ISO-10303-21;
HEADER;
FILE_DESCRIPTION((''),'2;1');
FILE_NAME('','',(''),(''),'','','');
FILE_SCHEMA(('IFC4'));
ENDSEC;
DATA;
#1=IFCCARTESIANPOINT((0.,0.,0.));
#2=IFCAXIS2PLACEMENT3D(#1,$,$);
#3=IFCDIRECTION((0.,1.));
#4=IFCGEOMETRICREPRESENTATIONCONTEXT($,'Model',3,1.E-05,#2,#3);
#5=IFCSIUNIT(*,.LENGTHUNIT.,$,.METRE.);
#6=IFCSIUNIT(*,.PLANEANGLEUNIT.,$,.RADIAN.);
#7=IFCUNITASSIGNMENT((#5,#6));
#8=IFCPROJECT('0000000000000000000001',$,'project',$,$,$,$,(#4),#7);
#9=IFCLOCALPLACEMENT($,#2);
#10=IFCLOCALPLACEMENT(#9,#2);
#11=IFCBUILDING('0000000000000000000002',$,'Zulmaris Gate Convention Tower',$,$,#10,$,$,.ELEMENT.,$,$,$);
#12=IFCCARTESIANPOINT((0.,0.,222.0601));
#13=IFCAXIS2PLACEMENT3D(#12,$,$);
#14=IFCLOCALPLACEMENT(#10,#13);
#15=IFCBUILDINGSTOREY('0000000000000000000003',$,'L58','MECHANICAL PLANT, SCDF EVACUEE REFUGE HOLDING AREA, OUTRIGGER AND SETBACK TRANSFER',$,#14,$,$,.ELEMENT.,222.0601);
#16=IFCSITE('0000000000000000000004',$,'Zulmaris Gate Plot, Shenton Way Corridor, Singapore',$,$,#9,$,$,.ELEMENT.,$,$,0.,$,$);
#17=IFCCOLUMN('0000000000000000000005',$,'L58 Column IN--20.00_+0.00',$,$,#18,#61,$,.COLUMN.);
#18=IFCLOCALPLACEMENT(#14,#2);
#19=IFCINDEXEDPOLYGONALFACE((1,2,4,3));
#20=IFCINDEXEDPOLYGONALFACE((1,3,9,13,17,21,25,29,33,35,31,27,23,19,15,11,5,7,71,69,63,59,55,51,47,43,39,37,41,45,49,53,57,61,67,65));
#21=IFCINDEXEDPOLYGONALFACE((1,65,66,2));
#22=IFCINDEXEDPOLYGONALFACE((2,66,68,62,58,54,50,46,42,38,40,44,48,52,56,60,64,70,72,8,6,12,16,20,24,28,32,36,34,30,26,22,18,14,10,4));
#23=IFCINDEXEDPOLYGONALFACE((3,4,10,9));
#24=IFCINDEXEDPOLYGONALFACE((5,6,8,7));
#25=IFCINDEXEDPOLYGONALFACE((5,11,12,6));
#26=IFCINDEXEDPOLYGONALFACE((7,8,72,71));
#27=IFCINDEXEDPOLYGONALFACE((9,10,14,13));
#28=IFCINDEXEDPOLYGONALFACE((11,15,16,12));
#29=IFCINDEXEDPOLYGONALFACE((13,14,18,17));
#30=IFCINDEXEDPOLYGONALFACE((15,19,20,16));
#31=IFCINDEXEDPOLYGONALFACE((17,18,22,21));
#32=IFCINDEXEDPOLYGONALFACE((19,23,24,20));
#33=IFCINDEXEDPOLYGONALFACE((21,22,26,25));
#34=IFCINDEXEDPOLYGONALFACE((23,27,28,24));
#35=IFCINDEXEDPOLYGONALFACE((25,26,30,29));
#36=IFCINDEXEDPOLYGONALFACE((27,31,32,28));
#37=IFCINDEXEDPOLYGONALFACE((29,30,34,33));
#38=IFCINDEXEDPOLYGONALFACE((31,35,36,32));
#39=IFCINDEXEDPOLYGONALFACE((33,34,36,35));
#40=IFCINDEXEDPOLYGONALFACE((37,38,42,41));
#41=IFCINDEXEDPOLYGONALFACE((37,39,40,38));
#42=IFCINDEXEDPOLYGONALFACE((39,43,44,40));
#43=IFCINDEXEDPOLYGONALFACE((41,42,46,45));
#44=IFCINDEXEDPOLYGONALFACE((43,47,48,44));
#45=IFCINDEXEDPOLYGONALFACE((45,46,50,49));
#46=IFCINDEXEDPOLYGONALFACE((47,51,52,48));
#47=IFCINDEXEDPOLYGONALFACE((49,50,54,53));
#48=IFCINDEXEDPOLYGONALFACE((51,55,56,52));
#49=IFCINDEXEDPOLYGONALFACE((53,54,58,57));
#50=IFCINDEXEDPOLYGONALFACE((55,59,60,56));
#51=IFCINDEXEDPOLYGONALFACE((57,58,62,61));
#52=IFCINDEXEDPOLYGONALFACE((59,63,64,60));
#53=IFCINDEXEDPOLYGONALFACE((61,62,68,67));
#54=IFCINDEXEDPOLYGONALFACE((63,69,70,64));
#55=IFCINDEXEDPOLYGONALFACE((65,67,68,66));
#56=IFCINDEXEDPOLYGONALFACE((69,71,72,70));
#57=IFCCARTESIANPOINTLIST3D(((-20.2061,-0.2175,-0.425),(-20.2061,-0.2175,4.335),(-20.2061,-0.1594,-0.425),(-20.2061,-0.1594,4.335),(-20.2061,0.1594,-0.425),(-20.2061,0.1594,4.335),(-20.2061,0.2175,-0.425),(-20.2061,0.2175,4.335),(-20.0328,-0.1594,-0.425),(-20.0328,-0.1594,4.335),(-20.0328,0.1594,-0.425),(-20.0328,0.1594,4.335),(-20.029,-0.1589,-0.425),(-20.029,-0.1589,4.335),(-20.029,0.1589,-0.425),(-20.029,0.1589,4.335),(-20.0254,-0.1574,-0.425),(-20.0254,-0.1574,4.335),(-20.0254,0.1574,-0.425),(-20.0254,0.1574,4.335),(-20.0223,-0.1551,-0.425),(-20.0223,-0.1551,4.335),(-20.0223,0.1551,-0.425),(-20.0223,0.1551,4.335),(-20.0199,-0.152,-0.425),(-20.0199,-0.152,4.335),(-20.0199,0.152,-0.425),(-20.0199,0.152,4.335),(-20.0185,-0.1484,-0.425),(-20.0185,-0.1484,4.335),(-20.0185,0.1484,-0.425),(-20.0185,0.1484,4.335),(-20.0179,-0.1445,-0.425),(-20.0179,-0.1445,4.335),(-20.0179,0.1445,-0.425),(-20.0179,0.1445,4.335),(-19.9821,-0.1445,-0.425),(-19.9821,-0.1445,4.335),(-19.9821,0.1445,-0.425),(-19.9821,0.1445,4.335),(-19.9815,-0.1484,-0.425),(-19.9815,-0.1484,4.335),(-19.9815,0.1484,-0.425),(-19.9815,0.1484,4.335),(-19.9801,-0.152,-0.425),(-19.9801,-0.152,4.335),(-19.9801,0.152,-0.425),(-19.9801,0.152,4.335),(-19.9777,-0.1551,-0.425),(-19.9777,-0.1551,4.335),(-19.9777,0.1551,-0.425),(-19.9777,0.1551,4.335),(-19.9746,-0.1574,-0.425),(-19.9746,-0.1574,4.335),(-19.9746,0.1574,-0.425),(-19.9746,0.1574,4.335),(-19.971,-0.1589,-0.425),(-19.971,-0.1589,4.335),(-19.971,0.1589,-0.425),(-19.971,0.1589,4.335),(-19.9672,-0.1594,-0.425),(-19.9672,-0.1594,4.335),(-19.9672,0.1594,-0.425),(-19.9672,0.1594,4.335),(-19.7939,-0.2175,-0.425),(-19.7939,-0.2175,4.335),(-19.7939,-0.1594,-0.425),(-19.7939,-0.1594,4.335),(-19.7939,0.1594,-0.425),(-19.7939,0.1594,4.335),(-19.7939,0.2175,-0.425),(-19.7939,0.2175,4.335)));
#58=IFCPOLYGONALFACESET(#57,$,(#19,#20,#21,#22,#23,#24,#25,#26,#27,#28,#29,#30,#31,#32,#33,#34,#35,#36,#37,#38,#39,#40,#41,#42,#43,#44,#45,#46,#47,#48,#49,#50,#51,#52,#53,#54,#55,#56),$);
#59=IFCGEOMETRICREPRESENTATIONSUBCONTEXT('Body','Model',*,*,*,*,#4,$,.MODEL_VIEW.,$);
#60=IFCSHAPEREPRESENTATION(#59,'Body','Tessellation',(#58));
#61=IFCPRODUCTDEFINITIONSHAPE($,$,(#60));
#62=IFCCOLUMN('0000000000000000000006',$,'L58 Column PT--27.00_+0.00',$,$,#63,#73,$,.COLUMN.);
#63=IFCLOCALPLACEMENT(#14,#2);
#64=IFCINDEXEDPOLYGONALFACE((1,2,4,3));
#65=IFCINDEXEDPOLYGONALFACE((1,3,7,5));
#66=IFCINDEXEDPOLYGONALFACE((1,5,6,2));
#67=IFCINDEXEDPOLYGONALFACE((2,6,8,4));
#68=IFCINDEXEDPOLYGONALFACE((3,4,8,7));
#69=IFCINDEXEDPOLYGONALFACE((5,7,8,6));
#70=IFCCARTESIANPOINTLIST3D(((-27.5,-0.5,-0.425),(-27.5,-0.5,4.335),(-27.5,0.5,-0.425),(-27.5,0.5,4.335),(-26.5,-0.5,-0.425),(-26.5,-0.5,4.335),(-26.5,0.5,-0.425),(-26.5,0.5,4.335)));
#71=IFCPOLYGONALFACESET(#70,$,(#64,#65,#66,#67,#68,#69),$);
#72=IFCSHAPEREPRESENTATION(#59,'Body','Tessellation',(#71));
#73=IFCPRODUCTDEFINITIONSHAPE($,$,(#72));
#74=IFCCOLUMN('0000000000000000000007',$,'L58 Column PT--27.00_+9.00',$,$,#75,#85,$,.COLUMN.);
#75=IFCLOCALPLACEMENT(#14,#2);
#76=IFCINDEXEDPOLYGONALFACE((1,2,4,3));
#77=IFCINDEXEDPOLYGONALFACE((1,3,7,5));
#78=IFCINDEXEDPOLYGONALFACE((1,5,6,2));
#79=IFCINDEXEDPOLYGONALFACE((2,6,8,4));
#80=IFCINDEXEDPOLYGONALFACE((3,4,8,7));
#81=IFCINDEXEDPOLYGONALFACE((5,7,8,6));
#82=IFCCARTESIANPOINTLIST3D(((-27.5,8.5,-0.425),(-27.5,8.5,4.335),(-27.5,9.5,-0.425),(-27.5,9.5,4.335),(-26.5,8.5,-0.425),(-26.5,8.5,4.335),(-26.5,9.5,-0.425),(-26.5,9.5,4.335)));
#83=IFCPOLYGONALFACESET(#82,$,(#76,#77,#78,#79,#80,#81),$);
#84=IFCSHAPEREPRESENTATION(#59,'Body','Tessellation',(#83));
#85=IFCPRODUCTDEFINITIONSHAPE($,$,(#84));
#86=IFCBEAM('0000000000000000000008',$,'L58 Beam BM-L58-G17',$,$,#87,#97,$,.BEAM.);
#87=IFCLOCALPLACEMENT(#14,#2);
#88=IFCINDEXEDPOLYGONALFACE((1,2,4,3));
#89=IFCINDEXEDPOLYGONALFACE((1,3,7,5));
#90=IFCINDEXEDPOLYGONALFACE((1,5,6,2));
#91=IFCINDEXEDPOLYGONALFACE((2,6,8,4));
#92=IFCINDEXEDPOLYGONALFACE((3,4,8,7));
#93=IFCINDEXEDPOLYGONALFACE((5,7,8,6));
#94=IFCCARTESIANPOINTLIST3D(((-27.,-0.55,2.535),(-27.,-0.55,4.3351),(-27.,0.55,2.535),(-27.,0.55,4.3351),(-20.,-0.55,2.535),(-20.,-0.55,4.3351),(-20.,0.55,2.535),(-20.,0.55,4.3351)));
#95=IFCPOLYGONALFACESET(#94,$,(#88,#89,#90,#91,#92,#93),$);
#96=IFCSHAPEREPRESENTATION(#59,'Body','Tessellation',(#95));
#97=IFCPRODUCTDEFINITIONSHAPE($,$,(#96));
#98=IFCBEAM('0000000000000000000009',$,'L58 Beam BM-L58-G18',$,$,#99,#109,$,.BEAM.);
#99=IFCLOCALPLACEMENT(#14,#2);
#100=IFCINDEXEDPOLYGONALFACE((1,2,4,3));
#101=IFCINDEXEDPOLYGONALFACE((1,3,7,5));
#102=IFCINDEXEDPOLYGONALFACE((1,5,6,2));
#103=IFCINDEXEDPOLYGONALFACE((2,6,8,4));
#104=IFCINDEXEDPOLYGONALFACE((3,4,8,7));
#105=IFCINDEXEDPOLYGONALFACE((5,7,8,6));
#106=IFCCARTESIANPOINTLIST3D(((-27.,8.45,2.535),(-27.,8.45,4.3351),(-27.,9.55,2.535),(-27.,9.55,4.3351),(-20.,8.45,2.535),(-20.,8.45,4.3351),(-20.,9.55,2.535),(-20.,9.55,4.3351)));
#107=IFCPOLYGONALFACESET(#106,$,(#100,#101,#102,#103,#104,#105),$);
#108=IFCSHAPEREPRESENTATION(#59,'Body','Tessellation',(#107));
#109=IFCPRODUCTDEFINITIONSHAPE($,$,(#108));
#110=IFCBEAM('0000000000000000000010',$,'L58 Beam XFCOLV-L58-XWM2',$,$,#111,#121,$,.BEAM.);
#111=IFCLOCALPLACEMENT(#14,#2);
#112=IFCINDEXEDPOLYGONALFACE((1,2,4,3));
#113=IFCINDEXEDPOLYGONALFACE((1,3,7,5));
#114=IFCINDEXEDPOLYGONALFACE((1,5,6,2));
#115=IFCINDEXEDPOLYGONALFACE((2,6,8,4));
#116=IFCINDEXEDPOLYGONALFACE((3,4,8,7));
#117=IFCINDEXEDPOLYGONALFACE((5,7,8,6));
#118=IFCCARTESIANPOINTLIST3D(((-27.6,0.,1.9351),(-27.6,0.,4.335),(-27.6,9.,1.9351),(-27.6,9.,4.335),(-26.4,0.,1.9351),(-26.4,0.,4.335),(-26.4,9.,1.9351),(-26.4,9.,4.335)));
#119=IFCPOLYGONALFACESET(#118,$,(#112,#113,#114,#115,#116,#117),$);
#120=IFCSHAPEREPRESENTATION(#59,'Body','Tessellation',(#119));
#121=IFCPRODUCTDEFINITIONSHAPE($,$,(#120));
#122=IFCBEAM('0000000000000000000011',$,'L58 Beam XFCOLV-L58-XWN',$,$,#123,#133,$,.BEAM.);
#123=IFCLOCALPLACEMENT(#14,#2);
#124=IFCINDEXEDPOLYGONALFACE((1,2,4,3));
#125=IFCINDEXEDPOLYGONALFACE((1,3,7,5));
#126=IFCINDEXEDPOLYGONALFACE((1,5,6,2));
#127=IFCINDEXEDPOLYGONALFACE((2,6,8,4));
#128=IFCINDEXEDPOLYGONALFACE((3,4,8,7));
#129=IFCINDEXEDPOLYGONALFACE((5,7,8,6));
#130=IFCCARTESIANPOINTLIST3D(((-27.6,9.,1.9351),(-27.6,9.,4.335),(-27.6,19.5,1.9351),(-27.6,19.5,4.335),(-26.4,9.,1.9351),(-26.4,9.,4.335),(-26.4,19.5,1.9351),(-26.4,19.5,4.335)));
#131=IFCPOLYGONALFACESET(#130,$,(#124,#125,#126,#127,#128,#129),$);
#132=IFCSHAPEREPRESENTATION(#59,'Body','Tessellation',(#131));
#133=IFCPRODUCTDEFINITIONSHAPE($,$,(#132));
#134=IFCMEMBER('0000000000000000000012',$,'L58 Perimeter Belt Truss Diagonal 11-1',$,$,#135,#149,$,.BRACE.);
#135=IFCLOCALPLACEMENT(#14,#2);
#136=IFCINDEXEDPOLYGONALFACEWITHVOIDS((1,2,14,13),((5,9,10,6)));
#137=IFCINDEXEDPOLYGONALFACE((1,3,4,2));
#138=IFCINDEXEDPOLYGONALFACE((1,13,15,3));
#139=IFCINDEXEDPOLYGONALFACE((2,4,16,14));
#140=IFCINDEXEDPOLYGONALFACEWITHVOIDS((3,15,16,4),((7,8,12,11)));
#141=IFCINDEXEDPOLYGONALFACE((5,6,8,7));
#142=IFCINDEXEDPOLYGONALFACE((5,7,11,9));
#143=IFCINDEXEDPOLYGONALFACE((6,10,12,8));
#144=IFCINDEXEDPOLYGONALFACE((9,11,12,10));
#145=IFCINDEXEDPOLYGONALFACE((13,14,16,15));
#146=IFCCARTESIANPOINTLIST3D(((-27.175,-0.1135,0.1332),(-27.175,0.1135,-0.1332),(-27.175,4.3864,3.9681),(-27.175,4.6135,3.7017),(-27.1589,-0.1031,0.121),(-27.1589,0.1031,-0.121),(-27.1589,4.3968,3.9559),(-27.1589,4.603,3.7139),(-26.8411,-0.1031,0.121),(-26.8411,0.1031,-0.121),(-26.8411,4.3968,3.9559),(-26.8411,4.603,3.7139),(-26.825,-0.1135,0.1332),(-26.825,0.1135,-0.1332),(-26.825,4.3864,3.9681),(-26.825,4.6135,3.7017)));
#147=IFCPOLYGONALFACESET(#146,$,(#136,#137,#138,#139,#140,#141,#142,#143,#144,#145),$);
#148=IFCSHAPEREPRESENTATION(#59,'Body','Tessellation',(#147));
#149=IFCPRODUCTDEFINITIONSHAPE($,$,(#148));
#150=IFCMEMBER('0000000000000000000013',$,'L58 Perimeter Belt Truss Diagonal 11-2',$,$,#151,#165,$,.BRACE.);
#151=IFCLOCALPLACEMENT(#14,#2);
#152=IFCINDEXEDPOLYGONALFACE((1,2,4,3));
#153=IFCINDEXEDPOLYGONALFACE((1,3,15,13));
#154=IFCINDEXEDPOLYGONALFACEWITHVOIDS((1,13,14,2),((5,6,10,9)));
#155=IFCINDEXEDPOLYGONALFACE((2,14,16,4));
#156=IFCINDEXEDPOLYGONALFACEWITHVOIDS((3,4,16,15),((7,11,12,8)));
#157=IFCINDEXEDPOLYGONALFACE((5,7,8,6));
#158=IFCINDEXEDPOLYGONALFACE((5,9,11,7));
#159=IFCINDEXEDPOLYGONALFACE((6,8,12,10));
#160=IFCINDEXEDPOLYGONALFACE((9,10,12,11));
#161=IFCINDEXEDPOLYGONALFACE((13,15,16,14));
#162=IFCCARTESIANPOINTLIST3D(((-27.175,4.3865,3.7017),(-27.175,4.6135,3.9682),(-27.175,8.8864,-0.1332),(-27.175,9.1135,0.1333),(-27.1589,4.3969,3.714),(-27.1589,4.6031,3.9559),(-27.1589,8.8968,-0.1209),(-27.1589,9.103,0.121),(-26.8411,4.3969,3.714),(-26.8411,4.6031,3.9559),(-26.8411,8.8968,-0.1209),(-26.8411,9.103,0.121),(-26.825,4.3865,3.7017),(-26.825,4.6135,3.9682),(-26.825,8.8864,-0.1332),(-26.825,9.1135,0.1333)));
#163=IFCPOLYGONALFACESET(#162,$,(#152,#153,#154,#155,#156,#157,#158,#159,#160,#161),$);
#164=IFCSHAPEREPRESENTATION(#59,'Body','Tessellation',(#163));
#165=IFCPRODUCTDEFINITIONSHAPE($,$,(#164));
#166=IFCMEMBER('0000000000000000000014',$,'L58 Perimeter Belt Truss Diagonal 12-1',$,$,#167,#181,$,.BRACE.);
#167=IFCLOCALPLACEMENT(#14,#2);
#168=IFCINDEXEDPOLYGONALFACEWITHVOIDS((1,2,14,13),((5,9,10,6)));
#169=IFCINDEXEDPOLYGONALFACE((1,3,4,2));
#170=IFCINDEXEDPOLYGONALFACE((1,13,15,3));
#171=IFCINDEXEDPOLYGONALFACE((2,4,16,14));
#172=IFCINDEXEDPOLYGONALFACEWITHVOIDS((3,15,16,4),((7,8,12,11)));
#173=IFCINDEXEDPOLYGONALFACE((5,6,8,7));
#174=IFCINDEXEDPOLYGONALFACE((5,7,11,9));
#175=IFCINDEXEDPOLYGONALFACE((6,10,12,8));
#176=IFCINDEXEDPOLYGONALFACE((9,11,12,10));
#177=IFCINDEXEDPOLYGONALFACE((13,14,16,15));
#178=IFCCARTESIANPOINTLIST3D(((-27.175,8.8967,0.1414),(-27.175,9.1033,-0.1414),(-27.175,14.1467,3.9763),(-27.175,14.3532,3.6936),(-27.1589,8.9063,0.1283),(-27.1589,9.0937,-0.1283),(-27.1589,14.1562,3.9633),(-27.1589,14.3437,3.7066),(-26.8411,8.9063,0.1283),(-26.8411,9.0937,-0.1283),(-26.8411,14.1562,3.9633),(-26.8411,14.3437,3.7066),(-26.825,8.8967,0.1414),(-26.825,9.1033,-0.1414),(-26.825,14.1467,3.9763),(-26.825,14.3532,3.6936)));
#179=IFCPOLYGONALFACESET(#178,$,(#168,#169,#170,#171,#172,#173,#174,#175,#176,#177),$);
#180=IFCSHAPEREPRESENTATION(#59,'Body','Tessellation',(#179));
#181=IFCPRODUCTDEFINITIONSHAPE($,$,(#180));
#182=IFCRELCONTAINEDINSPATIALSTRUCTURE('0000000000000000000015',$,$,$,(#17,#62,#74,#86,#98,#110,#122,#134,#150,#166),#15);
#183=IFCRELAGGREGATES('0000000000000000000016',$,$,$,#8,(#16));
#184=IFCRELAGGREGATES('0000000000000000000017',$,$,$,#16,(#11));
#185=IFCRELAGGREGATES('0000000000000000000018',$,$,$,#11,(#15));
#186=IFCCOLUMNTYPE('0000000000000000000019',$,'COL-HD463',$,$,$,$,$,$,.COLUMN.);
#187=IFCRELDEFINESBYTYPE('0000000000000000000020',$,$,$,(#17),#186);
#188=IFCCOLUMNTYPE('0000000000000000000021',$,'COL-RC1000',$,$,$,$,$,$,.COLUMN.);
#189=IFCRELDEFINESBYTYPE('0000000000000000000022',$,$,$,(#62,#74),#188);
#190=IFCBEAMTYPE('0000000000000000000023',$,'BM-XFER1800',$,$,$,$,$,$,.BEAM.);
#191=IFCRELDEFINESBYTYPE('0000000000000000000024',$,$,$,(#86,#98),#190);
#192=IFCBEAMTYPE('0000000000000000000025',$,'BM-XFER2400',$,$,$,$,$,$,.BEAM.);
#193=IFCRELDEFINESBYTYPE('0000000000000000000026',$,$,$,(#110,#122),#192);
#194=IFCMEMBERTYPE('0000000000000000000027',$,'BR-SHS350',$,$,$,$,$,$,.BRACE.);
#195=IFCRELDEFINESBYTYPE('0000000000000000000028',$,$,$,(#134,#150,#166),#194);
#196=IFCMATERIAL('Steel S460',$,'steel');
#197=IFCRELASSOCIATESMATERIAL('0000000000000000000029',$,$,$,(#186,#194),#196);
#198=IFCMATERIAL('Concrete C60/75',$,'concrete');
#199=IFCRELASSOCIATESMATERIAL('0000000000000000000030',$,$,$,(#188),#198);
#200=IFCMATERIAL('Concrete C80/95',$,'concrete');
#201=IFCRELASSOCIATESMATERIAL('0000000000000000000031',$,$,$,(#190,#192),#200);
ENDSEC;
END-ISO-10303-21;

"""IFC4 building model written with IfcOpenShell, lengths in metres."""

from ifc_helpers import new_model, si_unit, direction, frame, origin, origin_2d, place, context, subcontext, project, spatial, rectangle, hollow_rectangle, i_section, extrude, material, material_profile, profile_set, type_object, element, save


model = new_model("IFC4")

# Units and contexts
model_context = context("Model", 3, precision=1e-05, world=origin(), true_north=direction((0.0, 1.0)))
body_context = subcontext(model_context, "Body", "Model", "MODEL_VIEW")
ifc_project = project(units=[si_unit("LENGTHUNIT", "METRE"), si_unit("PLANEANGLEUNIT", "RADIAN")], contexts=[model_context])

# Site, building, storey
site_placement = place(None, origin())
site = spatial("IfcSite", under=ifc_project, at=site_placement, Name="Zulmaris Gate Plot, Shenton Way Corridor, Singapore", CompositionType="ELEMENT", RefElevation=0.0)
building_placement = place(site_placement, origin())
building = spatial("IfcBuilding", under=site, at=building_placement, Name="Zulmaris Gate Convention Tower", CompositionType="ELEMENT")
storey_placement = place(building_placement, frame((0.0, 0.0, 222.0601)))
storey = spatial("IfcBuildingStorey", under=building, at=storey_placement, Name="L58", Description="MECHANICAL PLANT, SCDF EVACUEE REFUGE HOLDING AREA, OUTRIGGER AND SETBACK TRANSFER", CompositionType="ELEMENT", Elevation=222.0601)

# Columns
ifc_material_1 = material(Name="Steel S460", Category="steel")
ifc_material_profile_1 = material_profile(ifc_material_1, i_section(OverallWidth=0.4121, OverallDepth=0.4351, WebThickness=0.0359, FlangeThickness=0.0581, FilletRadius=0.0149, at=origin_2d()), Name="HD 400x463")
ifc_profile_set_1 = profile_set([ifc_material_profile_1], Name="Steel S460")
column_type_1 = type_object("IfcColumnType", Name="COL-HD463", PredefinedType="COLUMN", material=ifc_profile_set_1)
column_placement = place(storey_placement, frame((-20.0, 0.0, -0.425), z_axis=(0.0, 0.0, 1.0), x_axis=(1.0, 0.0, 0.0)))
element("IfcColumn", 1, at=column_placement, inside=storey, type_object=column_type_1, Name="L58 Column IN--20.00_+0.00", PredefinedType="COLUMN", context=body_context, shape_type="SweptSolid", body=[
    extrude(i_section(OverallWidth=0.4121, OverallDepth=0.4351, WebThickness=0.0359, FlangeThickness=0.0581, FilletRadius=0.0149, at=origin_2d()), origin(), (0.0, 0.0, 1.0), 4.76),
])
ifc_material_2 = material(Name="Concrete C60/75", Category="concrete")
ifc_material_profile_2 = material_profile(ifc_material_2, rectangle(XDim=1.0, YDim=1.0, at=origin_2d()), Name="RC COL 1000x1000")
ifc_profile_set_2 = profile_set([ifc_material_profile_2], Name="Concrete C60/75")
column_type_2 = type_object("IfcColumnType", Name="COL-RC1000", PredefinedType="COLUMN", material=ifc_profile_set_2)
for number, where, z_axis, x_axis, name in (
    (2, (-27.0, 0.0, -0.425), (0.0, 0.0, 1.0), (1.0, 0.0, 0.0), "L58 Column PT--27.00_+0.00"),
    (3, (-27.0, 9.0, -0.425), (0.0, 0.0, 1.0), (1.0, 0.0, 0.0), "L58 Column PT--27.00_+9.00"),
):
    element("IfcColumn", number, at=place(storey_placement, frame(where, z_axis=z_axis, x_axis=x_axis)), inside=storey, type_object=column_type_2, Name=name, PredefinedType="COLUMN", context=body_context, shape_type="SweptSolid", body=[
        extrude(rectangle(XDim=1.0, YDim=1.0, at=origin_2d()), origin(), (0.0, 0.0, 1.0), 4.76),
    ])

# Beams
ifc_material_3 = material(Name="Concrete C80/95", Category="concrete")
ifc_material_profile_3 = material_profile(ifc_material_3, rectangle(XDim=1.1001, YDim=1.8, at=origin_2d()), Name="RC TRANSFER 1100x1800")
ifc_profile_set_3 = profile_set([ifc_material_profile_3], Name="Concrete C80/95")
beam_type_1 = type_object("IfcBeamType", Name="BM-XFER1800", PredefinedType="BEAM", material=ifc_profile_set_3)
for number, where, z_axis, x_axis, name in (
    (4, (-27.0, 0.0, 3.4351), (1.0, 0.0, 0.0), (0.0, 1.0, 0.0), "L58 Beam BM-L58-G17"),
    (5, (-27.0, 9.0, 3.4351), (1.0, 0.0, 0.0), (0.0, 1.0, 0.0), "L58 Beam BM-L58-G18"),
):
    element("IfcBeam", number, at=place(storey_placement, frame(where, z_axis=z_axis, x_axis=x_axis)), inside=storey, type_object=beam_type_1, Name=name, PredefinedType="BEAM", context=body_context, shape_type="SweptSolid", body=[
        extrude(rectangle(XDim=1.1001, YDim=1.8, at=origin_2d()), origin(), (0.0, 0.0, 1.0), 7.0),
    ])
ifc_material_profile_4 = material_profile(ifc_material_3, rectangle(XDim=1.2, YDim=2.3999, at=origin_2d()), Name="RC TRANSFER 1200x2400")
ifc_profile_set_4 = profile_set([ifc_material_profile_4], Name="Concrete C80/95")
beam_type_2 = type_object("IfcBeamType", Name="BM-XFER2400", PredefinedType="BEAM", material=ifc_profile_set_4)
beam_1_placement = place(storey_placement, frame((-27.0, 0.0, 3.135), z_axis=(0.0, 1.0, 0.0), x_axis=(-1.0, 0.0, 0.0)))
element("IfcBeam", 6, at=beam_1_placement, inside=storey, type_object=beam_type_2, Name="L58 Beam XFCOLV-L58-XWM2", PredefinedType="BEAM", context=body_context, shape_type="SweptSolid", body=[
    extrude(rectangle(XDim=1.2, YDim=2.3999, at=origin_2d()), origin(), (0.0, 0.0, 1.0), 9.0),
])
beam_2_placement = place(storey_placement, frame((-27.0, 9.0, 3.135), z_axis=(0.0, 1.0, 0.0), x_axis=(-1.0, 0.0, 0.0)))
element("IfcBeam", 7, at=beam_2_placement, inside=storey, type_object=beam_type_2, Name="L58 Beam XFCOLV-L58-XWN", PredefinedType="BEAM", context=body_context, shape_type="SweptSolid", body=[
    extrude(rectangle(XDim=1.2, YDim=2.3999, at=origin_2d()), origin(), (0.0, 0.0, 1.0), 10.5),
])

# Members
ifc_material_profile_5 = material_profile(ifc_material_1, hollow_rectangle(XDim=0.3501, YDim=0.3501, WallThickness=0.0161, at=origin_2d()), Name="SHS 350x350x16")
ifc_profile_set_5 = profile_set([ifc_material_profile_5], Name="Steel S460")
member_type_1 = type_object("IfcMemberType", Name="BR-SHS350", PredefinedType="BRACE", material=ifc_profile_set_5)
for number, where, z_axis, x_axis, name in (
    (8, (-27.0, 0.0, 0.0), (0.0, 0.761107, 0.648626), (-1.0, 0.0, 0.0), "L58 Perimeter Belt Truss Diagonal 11-1"),
    (9, (-27.0, 4.5, 3.835), (0.0, 0.761107, -0.648626), (-1.0, 0.0, 0.0), "L58 Perimeter Belt Truss Diagonal 11-2"),
):
    element("IfcMember", number, at=place(storey_placement, frame(where, z_axis=z_axis, x_axis=x_axis)), inside=storey, type_object=member_type_1, Name=name, PredefinedType="BRACE", context=body_context, shape_type="SweptSolid", body=[
        extrude(hollow_rectangle(XDim=0.3501, YDim=0.3501, WallThickness=0.0161, at=origin_2d()), origin(), (0.0, 0.0, 1.0), 5.9124),
    ])
member_1_placement = place(storey_placement, frame((-27.0, 9.0, 0.0), z_axis=(0.0, 0.807507, 0.589858), x_axis=(-1.0, 0.0, 0.0)))
element("IfcMember", 10, at=member_1_placement, inside=storey, type_object=member_type_1, Name="L58 Perimeter Belt Truss Diagonal 12-1", PredefinedType="BRACE", context=body_context, shape_type="SweptSolid", body=[
    extrude(hollow_rectangle(XDim=0.3501, YDim=0.3501, WallThickness=0.0161, at=origin_2d()), origin(), (0.0, 0.0, 1.0), 6.5015),
])

save(model, "model.ifc")
